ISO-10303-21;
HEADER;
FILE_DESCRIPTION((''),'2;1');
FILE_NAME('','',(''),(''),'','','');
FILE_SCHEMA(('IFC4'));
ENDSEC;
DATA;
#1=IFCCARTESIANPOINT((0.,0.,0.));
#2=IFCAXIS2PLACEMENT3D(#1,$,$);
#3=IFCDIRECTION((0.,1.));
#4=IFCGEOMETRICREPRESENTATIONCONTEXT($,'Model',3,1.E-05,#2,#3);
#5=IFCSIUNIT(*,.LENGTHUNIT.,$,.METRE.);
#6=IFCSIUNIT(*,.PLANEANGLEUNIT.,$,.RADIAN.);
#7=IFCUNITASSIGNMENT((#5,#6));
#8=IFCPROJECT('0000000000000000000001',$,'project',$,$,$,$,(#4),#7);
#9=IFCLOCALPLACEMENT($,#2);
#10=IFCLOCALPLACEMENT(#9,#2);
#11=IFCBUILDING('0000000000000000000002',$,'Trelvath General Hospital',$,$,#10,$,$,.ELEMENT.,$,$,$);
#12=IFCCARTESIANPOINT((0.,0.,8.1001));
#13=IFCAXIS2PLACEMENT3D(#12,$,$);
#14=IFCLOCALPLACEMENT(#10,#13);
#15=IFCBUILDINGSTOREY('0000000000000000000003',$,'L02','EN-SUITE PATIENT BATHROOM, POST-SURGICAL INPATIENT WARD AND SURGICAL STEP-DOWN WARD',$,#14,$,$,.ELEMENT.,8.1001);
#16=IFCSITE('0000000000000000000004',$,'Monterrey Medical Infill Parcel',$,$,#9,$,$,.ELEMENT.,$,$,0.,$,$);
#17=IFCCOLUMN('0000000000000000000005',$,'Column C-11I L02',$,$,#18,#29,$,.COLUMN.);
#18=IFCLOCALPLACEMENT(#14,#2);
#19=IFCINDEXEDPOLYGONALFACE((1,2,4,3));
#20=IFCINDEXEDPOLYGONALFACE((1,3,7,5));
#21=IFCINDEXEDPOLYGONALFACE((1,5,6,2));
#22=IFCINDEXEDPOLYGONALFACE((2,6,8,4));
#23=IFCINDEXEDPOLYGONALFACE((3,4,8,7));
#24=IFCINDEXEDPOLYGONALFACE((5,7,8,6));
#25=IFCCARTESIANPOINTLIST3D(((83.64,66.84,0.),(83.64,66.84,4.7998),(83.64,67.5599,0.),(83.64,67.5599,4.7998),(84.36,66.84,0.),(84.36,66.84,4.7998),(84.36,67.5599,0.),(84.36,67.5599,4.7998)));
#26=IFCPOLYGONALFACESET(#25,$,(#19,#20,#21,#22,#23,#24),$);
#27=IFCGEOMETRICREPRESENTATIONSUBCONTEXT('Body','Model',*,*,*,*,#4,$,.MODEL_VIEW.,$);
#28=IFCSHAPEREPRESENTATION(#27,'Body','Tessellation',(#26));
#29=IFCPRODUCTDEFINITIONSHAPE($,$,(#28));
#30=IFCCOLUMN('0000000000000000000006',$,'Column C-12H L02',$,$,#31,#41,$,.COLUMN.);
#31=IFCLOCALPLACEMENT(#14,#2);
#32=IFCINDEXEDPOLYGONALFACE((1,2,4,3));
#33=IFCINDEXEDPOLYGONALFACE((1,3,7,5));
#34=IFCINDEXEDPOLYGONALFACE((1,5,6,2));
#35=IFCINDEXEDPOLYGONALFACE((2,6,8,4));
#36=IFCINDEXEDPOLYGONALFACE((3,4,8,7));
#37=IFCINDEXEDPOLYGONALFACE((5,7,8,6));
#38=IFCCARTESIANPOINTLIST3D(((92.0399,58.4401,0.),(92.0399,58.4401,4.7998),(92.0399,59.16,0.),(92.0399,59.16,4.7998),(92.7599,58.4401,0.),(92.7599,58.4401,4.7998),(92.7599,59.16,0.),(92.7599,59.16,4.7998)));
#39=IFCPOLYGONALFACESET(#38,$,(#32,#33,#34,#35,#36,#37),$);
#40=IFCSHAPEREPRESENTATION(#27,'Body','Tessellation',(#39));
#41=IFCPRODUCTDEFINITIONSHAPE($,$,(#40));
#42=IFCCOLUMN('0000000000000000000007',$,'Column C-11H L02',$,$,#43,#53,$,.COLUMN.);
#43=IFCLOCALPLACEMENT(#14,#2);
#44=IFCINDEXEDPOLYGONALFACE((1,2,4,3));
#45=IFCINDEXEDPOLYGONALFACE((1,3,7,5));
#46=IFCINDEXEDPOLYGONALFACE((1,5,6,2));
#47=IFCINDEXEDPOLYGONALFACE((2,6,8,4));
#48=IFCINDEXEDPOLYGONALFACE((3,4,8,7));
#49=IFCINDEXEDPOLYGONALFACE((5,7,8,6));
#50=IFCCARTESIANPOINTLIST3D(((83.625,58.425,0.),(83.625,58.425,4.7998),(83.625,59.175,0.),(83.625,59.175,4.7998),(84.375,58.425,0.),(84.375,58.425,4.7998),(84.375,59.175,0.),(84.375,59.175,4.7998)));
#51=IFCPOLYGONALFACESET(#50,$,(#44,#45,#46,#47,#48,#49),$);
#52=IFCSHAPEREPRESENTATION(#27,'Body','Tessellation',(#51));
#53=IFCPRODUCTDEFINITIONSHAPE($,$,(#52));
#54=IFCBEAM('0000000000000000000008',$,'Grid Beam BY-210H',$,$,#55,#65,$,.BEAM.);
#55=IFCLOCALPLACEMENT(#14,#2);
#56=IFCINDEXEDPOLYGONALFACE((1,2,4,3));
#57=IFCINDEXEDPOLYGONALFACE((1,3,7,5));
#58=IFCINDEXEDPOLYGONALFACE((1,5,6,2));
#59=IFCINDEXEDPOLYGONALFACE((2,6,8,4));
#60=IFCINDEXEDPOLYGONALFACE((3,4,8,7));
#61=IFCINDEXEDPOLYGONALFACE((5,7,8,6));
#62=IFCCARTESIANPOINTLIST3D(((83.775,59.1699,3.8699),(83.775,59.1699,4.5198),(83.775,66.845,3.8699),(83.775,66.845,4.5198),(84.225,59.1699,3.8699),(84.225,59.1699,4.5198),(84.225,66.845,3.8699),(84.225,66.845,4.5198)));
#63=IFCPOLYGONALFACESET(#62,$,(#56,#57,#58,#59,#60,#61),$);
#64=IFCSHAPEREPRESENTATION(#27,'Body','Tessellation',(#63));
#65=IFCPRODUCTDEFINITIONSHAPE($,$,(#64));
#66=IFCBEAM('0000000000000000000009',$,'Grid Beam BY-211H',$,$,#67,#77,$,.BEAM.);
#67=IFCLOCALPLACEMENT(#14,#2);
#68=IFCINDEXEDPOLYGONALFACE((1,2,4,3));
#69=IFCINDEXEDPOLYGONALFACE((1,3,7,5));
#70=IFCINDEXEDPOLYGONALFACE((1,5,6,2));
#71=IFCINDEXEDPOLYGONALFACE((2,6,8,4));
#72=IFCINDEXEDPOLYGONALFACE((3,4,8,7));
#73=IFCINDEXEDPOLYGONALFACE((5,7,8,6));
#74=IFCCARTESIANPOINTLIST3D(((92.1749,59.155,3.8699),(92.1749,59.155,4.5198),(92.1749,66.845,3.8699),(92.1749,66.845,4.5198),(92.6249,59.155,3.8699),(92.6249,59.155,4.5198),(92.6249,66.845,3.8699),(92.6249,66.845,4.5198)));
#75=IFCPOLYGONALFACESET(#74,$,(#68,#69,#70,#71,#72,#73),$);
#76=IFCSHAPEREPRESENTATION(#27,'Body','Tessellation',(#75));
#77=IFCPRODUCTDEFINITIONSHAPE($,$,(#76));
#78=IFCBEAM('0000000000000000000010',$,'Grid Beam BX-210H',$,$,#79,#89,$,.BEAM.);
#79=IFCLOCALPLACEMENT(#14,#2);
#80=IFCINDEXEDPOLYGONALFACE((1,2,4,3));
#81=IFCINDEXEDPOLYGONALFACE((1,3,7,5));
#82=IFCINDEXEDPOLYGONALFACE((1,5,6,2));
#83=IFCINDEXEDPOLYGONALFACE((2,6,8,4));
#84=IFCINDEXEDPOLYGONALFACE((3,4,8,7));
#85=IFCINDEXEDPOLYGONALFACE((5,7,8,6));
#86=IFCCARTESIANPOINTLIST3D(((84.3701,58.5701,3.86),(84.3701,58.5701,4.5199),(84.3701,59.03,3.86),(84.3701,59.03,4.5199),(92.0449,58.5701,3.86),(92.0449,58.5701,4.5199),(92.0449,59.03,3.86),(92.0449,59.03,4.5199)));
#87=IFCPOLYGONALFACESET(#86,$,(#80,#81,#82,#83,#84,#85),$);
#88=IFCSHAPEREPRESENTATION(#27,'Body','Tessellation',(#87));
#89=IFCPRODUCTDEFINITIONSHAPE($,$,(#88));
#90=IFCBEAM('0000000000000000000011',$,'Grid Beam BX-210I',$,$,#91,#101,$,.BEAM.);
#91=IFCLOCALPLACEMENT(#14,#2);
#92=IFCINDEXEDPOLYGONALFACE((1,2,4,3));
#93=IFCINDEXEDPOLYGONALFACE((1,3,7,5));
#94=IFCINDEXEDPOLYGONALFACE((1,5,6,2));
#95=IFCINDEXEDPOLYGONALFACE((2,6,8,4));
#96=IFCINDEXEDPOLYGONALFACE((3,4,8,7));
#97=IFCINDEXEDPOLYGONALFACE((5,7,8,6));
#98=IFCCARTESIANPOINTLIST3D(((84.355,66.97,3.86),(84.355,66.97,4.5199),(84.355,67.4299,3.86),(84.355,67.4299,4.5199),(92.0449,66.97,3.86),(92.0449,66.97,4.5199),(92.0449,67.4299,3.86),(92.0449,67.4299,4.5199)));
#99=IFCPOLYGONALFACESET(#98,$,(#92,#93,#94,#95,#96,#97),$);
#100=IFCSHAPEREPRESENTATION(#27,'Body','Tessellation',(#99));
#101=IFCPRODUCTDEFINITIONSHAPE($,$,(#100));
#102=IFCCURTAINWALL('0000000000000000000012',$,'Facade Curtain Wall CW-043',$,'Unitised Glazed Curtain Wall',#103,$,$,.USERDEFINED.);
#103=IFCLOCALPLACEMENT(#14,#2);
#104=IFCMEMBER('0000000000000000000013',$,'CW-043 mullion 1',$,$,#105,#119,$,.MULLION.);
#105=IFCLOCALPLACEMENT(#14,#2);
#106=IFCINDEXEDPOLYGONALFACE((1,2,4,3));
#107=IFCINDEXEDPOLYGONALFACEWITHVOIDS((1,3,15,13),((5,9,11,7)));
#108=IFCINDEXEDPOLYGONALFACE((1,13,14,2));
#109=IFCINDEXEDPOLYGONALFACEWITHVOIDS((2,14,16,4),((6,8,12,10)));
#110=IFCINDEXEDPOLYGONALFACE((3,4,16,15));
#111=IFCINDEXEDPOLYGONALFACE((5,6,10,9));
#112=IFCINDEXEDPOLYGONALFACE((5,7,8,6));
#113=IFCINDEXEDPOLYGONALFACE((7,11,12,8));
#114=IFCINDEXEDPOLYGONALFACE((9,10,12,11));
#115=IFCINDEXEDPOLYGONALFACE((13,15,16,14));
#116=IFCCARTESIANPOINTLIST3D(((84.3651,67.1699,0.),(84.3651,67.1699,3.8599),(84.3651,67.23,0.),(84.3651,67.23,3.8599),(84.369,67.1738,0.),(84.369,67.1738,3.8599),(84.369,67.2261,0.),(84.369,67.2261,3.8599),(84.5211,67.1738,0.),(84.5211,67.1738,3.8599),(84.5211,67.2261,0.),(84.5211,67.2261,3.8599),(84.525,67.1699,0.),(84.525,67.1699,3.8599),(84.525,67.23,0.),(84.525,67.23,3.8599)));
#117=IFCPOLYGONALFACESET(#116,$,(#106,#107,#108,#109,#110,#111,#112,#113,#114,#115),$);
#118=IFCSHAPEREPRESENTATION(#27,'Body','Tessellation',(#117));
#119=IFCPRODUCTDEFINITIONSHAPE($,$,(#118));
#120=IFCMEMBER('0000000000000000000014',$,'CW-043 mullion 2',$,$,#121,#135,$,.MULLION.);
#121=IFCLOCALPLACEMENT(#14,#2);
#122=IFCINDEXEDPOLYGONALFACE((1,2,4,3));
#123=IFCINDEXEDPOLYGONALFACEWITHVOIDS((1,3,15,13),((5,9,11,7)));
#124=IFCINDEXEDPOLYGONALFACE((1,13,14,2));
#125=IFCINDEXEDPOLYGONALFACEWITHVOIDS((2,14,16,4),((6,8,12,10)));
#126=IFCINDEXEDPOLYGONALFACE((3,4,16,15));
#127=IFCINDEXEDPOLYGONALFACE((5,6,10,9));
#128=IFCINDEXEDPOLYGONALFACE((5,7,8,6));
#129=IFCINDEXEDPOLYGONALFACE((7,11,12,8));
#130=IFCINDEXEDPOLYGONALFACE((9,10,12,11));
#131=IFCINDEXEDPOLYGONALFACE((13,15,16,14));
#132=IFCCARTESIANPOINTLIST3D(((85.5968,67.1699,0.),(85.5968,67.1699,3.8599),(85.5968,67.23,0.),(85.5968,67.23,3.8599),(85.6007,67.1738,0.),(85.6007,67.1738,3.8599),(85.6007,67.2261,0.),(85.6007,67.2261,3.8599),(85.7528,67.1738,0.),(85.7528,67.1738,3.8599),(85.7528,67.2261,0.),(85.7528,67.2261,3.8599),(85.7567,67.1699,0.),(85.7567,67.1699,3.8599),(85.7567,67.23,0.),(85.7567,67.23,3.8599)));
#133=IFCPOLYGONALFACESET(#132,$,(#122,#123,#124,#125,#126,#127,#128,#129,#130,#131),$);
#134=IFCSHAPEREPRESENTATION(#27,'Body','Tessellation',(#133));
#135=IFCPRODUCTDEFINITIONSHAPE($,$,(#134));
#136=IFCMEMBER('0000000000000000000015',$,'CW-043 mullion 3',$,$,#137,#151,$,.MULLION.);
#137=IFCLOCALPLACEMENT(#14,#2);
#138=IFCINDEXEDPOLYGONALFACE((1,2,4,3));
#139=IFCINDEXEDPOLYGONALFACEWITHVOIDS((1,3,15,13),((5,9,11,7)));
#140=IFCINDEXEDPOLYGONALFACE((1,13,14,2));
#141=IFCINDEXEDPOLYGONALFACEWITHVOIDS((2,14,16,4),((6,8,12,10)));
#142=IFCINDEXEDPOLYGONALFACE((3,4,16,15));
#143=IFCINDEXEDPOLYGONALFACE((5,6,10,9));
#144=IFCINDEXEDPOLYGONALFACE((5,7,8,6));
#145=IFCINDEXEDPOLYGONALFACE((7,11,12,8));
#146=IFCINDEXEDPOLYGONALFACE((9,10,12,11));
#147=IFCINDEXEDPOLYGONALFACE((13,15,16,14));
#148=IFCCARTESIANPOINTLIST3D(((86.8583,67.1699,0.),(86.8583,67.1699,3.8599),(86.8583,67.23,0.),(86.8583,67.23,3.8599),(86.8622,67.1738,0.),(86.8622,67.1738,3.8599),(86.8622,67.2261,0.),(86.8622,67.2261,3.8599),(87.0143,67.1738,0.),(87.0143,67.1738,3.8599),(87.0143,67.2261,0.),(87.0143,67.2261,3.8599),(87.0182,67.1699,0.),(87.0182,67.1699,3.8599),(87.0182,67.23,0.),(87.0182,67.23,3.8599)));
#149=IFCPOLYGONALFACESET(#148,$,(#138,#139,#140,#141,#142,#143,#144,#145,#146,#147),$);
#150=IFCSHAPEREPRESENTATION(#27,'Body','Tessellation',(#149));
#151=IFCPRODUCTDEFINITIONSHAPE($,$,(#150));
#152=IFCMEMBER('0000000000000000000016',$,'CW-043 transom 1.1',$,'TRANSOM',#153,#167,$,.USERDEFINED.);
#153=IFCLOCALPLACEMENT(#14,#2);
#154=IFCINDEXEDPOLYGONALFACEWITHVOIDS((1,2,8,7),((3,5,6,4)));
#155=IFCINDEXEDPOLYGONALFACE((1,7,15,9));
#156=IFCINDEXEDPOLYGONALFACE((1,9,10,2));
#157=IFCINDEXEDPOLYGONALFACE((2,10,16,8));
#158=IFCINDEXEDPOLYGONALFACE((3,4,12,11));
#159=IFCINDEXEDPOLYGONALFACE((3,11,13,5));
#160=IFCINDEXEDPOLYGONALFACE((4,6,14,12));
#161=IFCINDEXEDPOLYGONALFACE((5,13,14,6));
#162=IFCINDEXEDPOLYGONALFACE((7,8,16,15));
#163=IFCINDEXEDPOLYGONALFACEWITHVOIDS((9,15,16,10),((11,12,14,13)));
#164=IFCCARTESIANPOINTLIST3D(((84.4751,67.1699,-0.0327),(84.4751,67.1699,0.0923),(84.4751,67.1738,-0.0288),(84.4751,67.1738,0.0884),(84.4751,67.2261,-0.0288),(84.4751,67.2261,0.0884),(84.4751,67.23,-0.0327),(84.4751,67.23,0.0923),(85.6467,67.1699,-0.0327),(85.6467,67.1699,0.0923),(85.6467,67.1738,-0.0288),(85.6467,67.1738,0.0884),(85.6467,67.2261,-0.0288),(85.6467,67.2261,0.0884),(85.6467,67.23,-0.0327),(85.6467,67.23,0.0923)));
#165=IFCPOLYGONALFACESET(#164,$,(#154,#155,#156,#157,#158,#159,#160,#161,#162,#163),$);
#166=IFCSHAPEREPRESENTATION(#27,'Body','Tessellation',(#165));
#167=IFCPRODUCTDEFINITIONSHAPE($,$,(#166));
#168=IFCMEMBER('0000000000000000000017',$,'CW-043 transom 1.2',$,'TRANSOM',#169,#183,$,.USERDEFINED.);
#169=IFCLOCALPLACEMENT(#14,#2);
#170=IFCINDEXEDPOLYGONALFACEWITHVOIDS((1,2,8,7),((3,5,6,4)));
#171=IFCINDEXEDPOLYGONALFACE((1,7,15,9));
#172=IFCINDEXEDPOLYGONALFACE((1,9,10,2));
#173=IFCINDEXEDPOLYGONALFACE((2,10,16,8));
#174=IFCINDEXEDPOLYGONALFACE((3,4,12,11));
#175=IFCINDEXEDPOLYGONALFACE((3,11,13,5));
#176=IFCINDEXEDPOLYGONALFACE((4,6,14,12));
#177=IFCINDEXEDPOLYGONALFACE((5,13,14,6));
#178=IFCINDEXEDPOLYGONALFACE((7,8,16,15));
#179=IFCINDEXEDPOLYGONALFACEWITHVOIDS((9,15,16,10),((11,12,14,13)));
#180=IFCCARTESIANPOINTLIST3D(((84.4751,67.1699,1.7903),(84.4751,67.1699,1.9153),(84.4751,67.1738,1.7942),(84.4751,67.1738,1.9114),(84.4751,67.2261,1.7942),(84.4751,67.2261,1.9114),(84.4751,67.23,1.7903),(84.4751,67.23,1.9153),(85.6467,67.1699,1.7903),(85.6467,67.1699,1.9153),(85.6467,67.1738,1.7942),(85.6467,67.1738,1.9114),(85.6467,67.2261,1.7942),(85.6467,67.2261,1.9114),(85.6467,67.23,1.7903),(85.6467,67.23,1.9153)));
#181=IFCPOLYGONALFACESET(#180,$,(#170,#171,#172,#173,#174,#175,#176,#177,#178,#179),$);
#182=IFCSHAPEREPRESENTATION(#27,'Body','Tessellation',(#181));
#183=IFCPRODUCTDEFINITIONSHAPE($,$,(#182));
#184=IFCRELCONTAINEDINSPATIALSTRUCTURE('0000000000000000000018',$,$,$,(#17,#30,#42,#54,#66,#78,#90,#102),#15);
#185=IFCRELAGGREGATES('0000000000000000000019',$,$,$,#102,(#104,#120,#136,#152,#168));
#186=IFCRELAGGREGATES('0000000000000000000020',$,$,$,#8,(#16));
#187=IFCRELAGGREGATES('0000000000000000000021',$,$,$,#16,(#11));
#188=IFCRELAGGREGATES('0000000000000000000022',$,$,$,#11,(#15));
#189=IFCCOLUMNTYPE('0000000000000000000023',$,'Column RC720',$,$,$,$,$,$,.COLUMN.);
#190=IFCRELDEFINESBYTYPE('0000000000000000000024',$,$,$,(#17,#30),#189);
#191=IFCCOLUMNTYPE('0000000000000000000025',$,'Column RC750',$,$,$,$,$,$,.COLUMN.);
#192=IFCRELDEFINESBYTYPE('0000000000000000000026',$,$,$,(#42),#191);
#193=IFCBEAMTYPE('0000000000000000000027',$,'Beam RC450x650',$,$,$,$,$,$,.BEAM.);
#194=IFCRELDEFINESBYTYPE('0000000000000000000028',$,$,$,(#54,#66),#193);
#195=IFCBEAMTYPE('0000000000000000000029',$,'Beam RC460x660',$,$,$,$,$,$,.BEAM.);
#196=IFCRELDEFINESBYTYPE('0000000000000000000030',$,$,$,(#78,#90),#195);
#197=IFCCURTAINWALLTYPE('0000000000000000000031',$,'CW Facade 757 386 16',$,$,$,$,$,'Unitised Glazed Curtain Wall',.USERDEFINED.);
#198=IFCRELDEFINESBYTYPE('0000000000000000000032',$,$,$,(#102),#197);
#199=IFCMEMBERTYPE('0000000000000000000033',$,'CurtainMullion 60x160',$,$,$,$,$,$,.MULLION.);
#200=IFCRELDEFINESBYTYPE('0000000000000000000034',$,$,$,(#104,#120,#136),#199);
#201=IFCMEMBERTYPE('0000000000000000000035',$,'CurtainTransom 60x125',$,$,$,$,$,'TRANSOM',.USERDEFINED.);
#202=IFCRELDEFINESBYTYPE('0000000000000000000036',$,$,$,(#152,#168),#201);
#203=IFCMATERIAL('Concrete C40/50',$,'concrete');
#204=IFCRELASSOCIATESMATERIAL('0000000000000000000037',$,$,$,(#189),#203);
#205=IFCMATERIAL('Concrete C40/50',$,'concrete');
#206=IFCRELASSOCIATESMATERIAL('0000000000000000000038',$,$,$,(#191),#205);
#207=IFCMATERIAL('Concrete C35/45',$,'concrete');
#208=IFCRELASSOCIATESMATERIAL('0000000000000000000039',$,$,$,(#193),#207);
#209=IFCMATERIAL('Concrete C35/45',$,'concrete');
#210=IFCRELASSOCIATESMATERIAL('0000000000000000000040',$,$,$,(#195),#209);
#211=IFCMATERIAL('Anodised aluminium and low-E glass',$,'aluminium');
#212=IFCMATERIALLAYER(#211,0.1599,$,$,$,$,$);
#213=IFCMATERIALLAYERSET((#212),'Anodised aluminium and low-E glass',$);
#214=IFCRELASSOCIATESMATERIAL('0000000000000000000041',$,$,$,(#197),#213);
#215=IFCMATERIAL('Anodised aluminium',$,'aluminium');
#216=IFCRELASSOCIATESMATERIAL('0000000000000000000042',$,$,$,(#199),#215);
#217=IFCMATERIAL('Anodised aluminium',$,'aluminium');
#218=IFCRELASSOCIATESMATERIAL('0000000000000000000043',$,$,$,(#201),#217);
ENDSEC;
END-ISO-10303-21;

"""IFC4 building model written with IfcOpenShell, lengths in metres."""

from ifc_helpers import new_model, si_unit, direction, frame, origin, origin_2d, place, context, subcontext, project, spatial, rectangle, hollow_rectangle, extrude, material, layer, layer_set, material_profile, profile_set, type_object, element, aggregate, save


model = new_model("IFC4")

# Units and contexts
model_context = context("Model", 3, precision=1e-05, world=origin(), true_north=direction((0.0, 1.0)))
body_context = subcontext(model_context, "Body", "Model", "MODEL_VIEW")
ifc_project = project(units=[si_unit("LENGTHUNIT", "METRE"), si_unit("PLANEANGLEUNIT", "RADIAN")], contexts=[model_context])

# Site, building, storey
site_placement = place(None, origin())
site = spatial("IfcSite", under=ifc_project, at=site_placement, Name="Monterrey Medical Infill Parcel", CompositionType="ELEMENT", RefElevation=0.0)
building_placement = place(site_placement, origin())
building = spatial("IfcBuilding", under=site, at=building_placement, Name="Trelvath General Hospital", CompositionType="ELEMENT")
storey_placement = place(building_placement, frame((0.0, 0.0, 8.1001)))
storey = spatial("IfcBuildingStorey", under=building, at=storey_placement, Name="L02", Description="EN-SUITE PATIENT BATHROOM, POST-SURGICAL INPATIENT WARD AND SURGICAL STEP-DOWN WARD", CompositionType="ELEMENT", Elevation=8.1001)

# Columns
ifc_material_1 = material(Name="Concrete C40/50", Category="concrete")
ifc_material_profile_1 = material_profile(ifc_material_1, rectangle(XDim=0.72, YDim=0.72, at=origin_2d()), Name="RC720x720")
ifc_profile_set_1 = profile_set([ifc_material_profile_1], Name="Concrete C40/50")
column_type_1 = type_object("IfcColumnType", Name="Column RC720", PredefinedType="COLUMN", material=ifc_profile_set_1)
for number, where, z_axis, x_axis, name in (
    (1, (84.0, 67.2, 0.0), (0.0, 0.0, 1.0), (1.0, 0.0, 0.0), "Column C-11I L02"),
    (2, (92.3999, 58.8, 0.0), (0.0, 0.0, 1.0), (1.0, 0.0, 0.0), "Column C-12H L02"),
):
    element("IfcColumn", number, at=place(storey_placement, frame(where, z_axis=z_axis, x_axis=x_axis)), inside=storey, type_object=column_type_1, Name=name, PredefinedType="COLUMN", context=body_context, shape_type="SweptSolid", body=[
        extrude(rectangle(XDim=0.72, YDim=0.72, at=origin_2d()), origin(), (0.0, 0.0, 1.0), 4.7998),
    ])
ifc_material_2 = material(Name="Concrete C40/50", Category="concrete")
ifc_material_profile_2 = material_profile(ifc_material_2, rectangle(XDim=0.75, YDim=0.75, at=origin_2d()), Name="RC750x750")
ifc_profile_set_2 = profile_set([ifc_material_profile_2], Name="Concrete C40/50")
column_type_2 = type_object("IfcColumnType", Name="Column RC750", PredefinedType="COLUMN", material=ifc_profile_set_2)
column_placement = place(storey_placement, frame((84.0, 58.8, 0.0), z_axis=(0.0, 0.0, 1.0), x_axis=(1.0, 0.0, 0.0)))
element("IfcColumn", 3, at=column_placement, inside=storey, type_object=column_type_2, Name="Column C-11H L02", PredefinedType="COLUMN", context=body_context, shape_type="SweptSolid", body=[
    extrude(rectangle(XDim=0.75, YDim=0.75, at=origin_2d()), origin(), (0.0, 0.0, 1.0), 4.7998),
])

# Beams
ifc_material_3 = material(Name="Concrete C35/45", Category="concrete")
ifc_material_profile_3 = material_profile(ifc_material_3, rectangle(XDim=0.45, YDim=0.6499, at=origin_2d()), Name="RCB450x650")
ifc_profile_set_3 = profile_set([ifc_material_profile_3], Name="Concrete C35/45")
beam_type_1 = type_object("IfcBeamType", Name="Beam RC450x650", PredefinedType="BEAM", material=ifc_profile_set_3)
beam_1_placement = place(storey_placement, frame((84.0, 59.1699, 4.1948), z_axis=(0.0, 1.0, 0.0), x_axis=(-1.0, 0.0, 0.0)))
element("IfcBeam", 4, at=beam_1_placement, inside=storey, type_object=beam_type_1, Name="Grid Beam BY-210H", PredefinedType="BEAM", context=body_context, shape_type="SweptSolid", body=[
    extrude(rectangle(XDim=0.45, YDim=0.6499, at=origin_2d()), origin(), (0.0, 0.0, 1.0), 7.675),
])
beam_2_placement = place(storey_placement, frame((92.3999, 59.155, 4.1948), z_axis=(0.0, 1.0, 0.0), x_axis=(-1.0, 0.0, 0.0)))
element("IfcBeam", 5, at=beam_2_placement, inside=storey, type_object=beam_type_1, Name="Grid Beam BY-211H", PredefinedType="BEAM", context=body_context, shape_type="SweptSolid", body=[
    extrude(rectangle(XDim=0.45, YDim=0.6499, at=origin_2d()), origin(), (0.0, 0.0, 1.0), 7.6899),
])
ifc_material_4 = material(Name="Concrete C35/45", Category="concrete")
ifc_material_profile_4 = material_profile(ifc_material_4, rectangle(XDim=0.46, YDim=0.6599, at=origin_2d()), Name="RCB460x660")
ifc_profile_set_4 = profile_set([ifc_material_profile_4], Name="Concrete C35/45")
beam_type_2 = type_object("IfcBeamType", Name="Beam RC460x660", PredefinedType="BEAM", material=ifc_profile_set_4)
beam_3_placement = place(storey_placement, frame((84.3701, 58.8, 4.1899), z_axis=(1.0, 0.0, 0.0), x_axis=(0.0, 1.0, 0.0)))
element("IfcBeam", 6, at=beam_3_placement, inside=storey, type_object=beam_type_2, Name="Grid Beam BX-210H", PredefinedType="BEAM", context=body_context, shape_type="SweptSolid", body=[
    extrude(rectangle(XDim=0.46, YDim=0.6599, at=origin_2d()), origin(), (0.0, 0.0, 1.0), 7.6748),
])
beam_4_placement = place(storey_placement, frame((84.355, 67.2, 4.1899), z_axis=(1.0, 0.0, 0.0), x_axis=(0.0, 1.0, 0.0)))
element("IfcBeam", 7, at=beam_4_placement, inside=storey, type_object=beam_type_2, Name="Grid Beam BX-210I", PredefinedType="BEAM", context=body_context, shape_type="SweptSolid", body=[
    extrude(rectangle(XDim=0.46, YDim=0.6599, at=origin_2d()), origin(), (0.0, 0.0, 1.0), 7.6899),
])

# Curtain wall, members
ifc_material_5 = material(Name="Anodised aluminium and low-E glass", Category="aluminium")
ifc_layer_1 = layer(ifc_material_5, 0.1599)
ifc_layer_set_1 = layer_set([ifc_layer_1], Name="Anodised aluminium and low-E glass")
curtain_wall_type = type_object("IfcCurtainWallType", Name="CW Facade 757 386 16", ElementType="Unitised Glazed Curtain Wall", PredefinedType="USERDEFINED", material=ifc_layer_set_1)
curtain_wall_placement = place(storey_placement, origin())
curtain_wall = element("IfcCurtainWall", 8, at=curtain_wall_placement, inside=storey, type_object=curtain_wall_type, Name="Facade Curtain Wall CW-043", ObjectType="Unitised Glazed Curtain Wall", PredefinedType="USERDEFINED")
ifc_material_6 = material(Name="Anodised aluminium", Category="aluminium")
ifc_material_profile_5 = material_profile(ifc_material_6, hollow_rectangle(XDim=0.0601, YDim=0.1599, WallThickness=0.0039, at=origin_2d()), Name="RHS60x160x4")
ifc_profile_set_5 = profile_set([ifc_material_profile_5], Name="Anodised aluminium")
member_type_1 = type_object("IfcMemberType", Name="CurtainMullion 60x160", PredefinedType="MULLION", material=ifc_profile_set_5)
member_1_placement = place(storey_placement, frame((84.4451, 67.2, 0.0), z_axis=(0.0, 0.0, 1.0), x_axis=(0.0, 1.0, 0.0)))
member_1 = element("IfcMember", 9, at=member_1_placement, type_object=member_type_1, Name="CW-043 mullion 1", PredefinedType="MULLION", context=body_context, shape_type="SweptSolid", body=[
    extrude(hollow_rectangle(XDim=0.0601, YDim=0.1599, WallThickness=0.0039, at=origin_2d()), origin(), (0.0, 0.0, 1.0), 3.8599),
])
member_2_placement = place(storey_placement, frame((85.6768, 67.2, 0.0), z_axis=(0.0, 0.0, 1.0), x_axis=(0.0, 1.0, 0.0)))
member_2 = element("IfcMember", 10, at=member_2_placement, type_object=member_type_1, Name="CW-043 mullion 2", PredefinedType="MULLION", context=body_context, shape_type="SweptSolid", body=[
    extrude(hollow_rectangle(XDim=0.0601, YDim=0.1599, WallThickness=0.0039, at=origin_2d()), origin(), (0.0, 0.0, 1.0), 3.8599),
])
member_3_placement = place(storey_placement, frame((86.9382, 67.2, 0.0), z_axis=(0.0, 0.0, 1.0), x_axis=(0.0, 1.0, 0.0)))
member_3 = element("IfcMember", 11, at=member_3_placement, type_object=member_type_1, Name="CW-043 mullion 3", PredefinedType="MULLION", context=body_context, shape_type="SweptSolid", body=[
    extrude(hollow_rectangle(XDim=0.0601, YDim=0.1599, WallThickness=0.0039, at=origin_2d()), origin(), (0.0, 0.0, 1.0), 3.8599),
])
ifc_material_7 = material(Name="Anodised aluminium", Category="aluminium")
ifc_material_profile_6 = material_profile(ifc_material_7, hollow_rectangle(XDim=0.0601, YDim=0.125, WallThickness=0.0039, at=origin_2d()), Name="RHS60x125x4")
ifc_profile_set_6 = profile_set([ifc_material_profile_6], Name="Anodised aluminium")
member_type_2 = type_object("IfcMemberType", Name="CurtainTransom 60x125", ElementType="TRANSOM", PredefinedType="USERDEFINED", material=ifc_profile_set_6)
member_4_placement = place(storey_placement, frame((84.4751, 67.2, 0.0298), z_axis=(1.0, 0.0, 0.0), x_axis=(0.0, 1.0, 0.0)))
member_4 = element("IfcMember", 12, at=member_4_placement, type_object=member_type_2, Name="CW-043 transom 1.1", ObjectType="TRANSOM", PredefinedType="USERDEFINED", context=body_context, shape_type="SweptSolid", body=[
    extrude(hollow_rectangle(XDim=0.0601, YDim=0.125, WallThickness=0.0039, at=origin_2d()), origin(), (0.0, 0.0, 1.0), 1.1716),
])
member_5_placement = place(storey_placement, frame((84.4751, 67.2, 1.8528), z_axis=(1.0, 0.0, 0.0), x_axis=(0.0, 1.0, 0.0)))
member_5 = element("IfcMember", 13, at=member_5_placement, type_object=member_type_2, Name="CW-043 transom 1.2", ObjectType="TRANSOM", PredefinedType="USERDEFINED", context=body_context, shape_type="SweptSolid", body=[
    extrude(hollow_rectangle(XDim=0.0601, YDim=0.125, WallThickness=0.0039, at=origin_2d()), origin(), (0.0, 0.0, 1.0), 1.1716),
])
aggregate(curtain_wall, [member_1, member_2, member_3, member_4, member_5])

save(model, "model.ifc")
